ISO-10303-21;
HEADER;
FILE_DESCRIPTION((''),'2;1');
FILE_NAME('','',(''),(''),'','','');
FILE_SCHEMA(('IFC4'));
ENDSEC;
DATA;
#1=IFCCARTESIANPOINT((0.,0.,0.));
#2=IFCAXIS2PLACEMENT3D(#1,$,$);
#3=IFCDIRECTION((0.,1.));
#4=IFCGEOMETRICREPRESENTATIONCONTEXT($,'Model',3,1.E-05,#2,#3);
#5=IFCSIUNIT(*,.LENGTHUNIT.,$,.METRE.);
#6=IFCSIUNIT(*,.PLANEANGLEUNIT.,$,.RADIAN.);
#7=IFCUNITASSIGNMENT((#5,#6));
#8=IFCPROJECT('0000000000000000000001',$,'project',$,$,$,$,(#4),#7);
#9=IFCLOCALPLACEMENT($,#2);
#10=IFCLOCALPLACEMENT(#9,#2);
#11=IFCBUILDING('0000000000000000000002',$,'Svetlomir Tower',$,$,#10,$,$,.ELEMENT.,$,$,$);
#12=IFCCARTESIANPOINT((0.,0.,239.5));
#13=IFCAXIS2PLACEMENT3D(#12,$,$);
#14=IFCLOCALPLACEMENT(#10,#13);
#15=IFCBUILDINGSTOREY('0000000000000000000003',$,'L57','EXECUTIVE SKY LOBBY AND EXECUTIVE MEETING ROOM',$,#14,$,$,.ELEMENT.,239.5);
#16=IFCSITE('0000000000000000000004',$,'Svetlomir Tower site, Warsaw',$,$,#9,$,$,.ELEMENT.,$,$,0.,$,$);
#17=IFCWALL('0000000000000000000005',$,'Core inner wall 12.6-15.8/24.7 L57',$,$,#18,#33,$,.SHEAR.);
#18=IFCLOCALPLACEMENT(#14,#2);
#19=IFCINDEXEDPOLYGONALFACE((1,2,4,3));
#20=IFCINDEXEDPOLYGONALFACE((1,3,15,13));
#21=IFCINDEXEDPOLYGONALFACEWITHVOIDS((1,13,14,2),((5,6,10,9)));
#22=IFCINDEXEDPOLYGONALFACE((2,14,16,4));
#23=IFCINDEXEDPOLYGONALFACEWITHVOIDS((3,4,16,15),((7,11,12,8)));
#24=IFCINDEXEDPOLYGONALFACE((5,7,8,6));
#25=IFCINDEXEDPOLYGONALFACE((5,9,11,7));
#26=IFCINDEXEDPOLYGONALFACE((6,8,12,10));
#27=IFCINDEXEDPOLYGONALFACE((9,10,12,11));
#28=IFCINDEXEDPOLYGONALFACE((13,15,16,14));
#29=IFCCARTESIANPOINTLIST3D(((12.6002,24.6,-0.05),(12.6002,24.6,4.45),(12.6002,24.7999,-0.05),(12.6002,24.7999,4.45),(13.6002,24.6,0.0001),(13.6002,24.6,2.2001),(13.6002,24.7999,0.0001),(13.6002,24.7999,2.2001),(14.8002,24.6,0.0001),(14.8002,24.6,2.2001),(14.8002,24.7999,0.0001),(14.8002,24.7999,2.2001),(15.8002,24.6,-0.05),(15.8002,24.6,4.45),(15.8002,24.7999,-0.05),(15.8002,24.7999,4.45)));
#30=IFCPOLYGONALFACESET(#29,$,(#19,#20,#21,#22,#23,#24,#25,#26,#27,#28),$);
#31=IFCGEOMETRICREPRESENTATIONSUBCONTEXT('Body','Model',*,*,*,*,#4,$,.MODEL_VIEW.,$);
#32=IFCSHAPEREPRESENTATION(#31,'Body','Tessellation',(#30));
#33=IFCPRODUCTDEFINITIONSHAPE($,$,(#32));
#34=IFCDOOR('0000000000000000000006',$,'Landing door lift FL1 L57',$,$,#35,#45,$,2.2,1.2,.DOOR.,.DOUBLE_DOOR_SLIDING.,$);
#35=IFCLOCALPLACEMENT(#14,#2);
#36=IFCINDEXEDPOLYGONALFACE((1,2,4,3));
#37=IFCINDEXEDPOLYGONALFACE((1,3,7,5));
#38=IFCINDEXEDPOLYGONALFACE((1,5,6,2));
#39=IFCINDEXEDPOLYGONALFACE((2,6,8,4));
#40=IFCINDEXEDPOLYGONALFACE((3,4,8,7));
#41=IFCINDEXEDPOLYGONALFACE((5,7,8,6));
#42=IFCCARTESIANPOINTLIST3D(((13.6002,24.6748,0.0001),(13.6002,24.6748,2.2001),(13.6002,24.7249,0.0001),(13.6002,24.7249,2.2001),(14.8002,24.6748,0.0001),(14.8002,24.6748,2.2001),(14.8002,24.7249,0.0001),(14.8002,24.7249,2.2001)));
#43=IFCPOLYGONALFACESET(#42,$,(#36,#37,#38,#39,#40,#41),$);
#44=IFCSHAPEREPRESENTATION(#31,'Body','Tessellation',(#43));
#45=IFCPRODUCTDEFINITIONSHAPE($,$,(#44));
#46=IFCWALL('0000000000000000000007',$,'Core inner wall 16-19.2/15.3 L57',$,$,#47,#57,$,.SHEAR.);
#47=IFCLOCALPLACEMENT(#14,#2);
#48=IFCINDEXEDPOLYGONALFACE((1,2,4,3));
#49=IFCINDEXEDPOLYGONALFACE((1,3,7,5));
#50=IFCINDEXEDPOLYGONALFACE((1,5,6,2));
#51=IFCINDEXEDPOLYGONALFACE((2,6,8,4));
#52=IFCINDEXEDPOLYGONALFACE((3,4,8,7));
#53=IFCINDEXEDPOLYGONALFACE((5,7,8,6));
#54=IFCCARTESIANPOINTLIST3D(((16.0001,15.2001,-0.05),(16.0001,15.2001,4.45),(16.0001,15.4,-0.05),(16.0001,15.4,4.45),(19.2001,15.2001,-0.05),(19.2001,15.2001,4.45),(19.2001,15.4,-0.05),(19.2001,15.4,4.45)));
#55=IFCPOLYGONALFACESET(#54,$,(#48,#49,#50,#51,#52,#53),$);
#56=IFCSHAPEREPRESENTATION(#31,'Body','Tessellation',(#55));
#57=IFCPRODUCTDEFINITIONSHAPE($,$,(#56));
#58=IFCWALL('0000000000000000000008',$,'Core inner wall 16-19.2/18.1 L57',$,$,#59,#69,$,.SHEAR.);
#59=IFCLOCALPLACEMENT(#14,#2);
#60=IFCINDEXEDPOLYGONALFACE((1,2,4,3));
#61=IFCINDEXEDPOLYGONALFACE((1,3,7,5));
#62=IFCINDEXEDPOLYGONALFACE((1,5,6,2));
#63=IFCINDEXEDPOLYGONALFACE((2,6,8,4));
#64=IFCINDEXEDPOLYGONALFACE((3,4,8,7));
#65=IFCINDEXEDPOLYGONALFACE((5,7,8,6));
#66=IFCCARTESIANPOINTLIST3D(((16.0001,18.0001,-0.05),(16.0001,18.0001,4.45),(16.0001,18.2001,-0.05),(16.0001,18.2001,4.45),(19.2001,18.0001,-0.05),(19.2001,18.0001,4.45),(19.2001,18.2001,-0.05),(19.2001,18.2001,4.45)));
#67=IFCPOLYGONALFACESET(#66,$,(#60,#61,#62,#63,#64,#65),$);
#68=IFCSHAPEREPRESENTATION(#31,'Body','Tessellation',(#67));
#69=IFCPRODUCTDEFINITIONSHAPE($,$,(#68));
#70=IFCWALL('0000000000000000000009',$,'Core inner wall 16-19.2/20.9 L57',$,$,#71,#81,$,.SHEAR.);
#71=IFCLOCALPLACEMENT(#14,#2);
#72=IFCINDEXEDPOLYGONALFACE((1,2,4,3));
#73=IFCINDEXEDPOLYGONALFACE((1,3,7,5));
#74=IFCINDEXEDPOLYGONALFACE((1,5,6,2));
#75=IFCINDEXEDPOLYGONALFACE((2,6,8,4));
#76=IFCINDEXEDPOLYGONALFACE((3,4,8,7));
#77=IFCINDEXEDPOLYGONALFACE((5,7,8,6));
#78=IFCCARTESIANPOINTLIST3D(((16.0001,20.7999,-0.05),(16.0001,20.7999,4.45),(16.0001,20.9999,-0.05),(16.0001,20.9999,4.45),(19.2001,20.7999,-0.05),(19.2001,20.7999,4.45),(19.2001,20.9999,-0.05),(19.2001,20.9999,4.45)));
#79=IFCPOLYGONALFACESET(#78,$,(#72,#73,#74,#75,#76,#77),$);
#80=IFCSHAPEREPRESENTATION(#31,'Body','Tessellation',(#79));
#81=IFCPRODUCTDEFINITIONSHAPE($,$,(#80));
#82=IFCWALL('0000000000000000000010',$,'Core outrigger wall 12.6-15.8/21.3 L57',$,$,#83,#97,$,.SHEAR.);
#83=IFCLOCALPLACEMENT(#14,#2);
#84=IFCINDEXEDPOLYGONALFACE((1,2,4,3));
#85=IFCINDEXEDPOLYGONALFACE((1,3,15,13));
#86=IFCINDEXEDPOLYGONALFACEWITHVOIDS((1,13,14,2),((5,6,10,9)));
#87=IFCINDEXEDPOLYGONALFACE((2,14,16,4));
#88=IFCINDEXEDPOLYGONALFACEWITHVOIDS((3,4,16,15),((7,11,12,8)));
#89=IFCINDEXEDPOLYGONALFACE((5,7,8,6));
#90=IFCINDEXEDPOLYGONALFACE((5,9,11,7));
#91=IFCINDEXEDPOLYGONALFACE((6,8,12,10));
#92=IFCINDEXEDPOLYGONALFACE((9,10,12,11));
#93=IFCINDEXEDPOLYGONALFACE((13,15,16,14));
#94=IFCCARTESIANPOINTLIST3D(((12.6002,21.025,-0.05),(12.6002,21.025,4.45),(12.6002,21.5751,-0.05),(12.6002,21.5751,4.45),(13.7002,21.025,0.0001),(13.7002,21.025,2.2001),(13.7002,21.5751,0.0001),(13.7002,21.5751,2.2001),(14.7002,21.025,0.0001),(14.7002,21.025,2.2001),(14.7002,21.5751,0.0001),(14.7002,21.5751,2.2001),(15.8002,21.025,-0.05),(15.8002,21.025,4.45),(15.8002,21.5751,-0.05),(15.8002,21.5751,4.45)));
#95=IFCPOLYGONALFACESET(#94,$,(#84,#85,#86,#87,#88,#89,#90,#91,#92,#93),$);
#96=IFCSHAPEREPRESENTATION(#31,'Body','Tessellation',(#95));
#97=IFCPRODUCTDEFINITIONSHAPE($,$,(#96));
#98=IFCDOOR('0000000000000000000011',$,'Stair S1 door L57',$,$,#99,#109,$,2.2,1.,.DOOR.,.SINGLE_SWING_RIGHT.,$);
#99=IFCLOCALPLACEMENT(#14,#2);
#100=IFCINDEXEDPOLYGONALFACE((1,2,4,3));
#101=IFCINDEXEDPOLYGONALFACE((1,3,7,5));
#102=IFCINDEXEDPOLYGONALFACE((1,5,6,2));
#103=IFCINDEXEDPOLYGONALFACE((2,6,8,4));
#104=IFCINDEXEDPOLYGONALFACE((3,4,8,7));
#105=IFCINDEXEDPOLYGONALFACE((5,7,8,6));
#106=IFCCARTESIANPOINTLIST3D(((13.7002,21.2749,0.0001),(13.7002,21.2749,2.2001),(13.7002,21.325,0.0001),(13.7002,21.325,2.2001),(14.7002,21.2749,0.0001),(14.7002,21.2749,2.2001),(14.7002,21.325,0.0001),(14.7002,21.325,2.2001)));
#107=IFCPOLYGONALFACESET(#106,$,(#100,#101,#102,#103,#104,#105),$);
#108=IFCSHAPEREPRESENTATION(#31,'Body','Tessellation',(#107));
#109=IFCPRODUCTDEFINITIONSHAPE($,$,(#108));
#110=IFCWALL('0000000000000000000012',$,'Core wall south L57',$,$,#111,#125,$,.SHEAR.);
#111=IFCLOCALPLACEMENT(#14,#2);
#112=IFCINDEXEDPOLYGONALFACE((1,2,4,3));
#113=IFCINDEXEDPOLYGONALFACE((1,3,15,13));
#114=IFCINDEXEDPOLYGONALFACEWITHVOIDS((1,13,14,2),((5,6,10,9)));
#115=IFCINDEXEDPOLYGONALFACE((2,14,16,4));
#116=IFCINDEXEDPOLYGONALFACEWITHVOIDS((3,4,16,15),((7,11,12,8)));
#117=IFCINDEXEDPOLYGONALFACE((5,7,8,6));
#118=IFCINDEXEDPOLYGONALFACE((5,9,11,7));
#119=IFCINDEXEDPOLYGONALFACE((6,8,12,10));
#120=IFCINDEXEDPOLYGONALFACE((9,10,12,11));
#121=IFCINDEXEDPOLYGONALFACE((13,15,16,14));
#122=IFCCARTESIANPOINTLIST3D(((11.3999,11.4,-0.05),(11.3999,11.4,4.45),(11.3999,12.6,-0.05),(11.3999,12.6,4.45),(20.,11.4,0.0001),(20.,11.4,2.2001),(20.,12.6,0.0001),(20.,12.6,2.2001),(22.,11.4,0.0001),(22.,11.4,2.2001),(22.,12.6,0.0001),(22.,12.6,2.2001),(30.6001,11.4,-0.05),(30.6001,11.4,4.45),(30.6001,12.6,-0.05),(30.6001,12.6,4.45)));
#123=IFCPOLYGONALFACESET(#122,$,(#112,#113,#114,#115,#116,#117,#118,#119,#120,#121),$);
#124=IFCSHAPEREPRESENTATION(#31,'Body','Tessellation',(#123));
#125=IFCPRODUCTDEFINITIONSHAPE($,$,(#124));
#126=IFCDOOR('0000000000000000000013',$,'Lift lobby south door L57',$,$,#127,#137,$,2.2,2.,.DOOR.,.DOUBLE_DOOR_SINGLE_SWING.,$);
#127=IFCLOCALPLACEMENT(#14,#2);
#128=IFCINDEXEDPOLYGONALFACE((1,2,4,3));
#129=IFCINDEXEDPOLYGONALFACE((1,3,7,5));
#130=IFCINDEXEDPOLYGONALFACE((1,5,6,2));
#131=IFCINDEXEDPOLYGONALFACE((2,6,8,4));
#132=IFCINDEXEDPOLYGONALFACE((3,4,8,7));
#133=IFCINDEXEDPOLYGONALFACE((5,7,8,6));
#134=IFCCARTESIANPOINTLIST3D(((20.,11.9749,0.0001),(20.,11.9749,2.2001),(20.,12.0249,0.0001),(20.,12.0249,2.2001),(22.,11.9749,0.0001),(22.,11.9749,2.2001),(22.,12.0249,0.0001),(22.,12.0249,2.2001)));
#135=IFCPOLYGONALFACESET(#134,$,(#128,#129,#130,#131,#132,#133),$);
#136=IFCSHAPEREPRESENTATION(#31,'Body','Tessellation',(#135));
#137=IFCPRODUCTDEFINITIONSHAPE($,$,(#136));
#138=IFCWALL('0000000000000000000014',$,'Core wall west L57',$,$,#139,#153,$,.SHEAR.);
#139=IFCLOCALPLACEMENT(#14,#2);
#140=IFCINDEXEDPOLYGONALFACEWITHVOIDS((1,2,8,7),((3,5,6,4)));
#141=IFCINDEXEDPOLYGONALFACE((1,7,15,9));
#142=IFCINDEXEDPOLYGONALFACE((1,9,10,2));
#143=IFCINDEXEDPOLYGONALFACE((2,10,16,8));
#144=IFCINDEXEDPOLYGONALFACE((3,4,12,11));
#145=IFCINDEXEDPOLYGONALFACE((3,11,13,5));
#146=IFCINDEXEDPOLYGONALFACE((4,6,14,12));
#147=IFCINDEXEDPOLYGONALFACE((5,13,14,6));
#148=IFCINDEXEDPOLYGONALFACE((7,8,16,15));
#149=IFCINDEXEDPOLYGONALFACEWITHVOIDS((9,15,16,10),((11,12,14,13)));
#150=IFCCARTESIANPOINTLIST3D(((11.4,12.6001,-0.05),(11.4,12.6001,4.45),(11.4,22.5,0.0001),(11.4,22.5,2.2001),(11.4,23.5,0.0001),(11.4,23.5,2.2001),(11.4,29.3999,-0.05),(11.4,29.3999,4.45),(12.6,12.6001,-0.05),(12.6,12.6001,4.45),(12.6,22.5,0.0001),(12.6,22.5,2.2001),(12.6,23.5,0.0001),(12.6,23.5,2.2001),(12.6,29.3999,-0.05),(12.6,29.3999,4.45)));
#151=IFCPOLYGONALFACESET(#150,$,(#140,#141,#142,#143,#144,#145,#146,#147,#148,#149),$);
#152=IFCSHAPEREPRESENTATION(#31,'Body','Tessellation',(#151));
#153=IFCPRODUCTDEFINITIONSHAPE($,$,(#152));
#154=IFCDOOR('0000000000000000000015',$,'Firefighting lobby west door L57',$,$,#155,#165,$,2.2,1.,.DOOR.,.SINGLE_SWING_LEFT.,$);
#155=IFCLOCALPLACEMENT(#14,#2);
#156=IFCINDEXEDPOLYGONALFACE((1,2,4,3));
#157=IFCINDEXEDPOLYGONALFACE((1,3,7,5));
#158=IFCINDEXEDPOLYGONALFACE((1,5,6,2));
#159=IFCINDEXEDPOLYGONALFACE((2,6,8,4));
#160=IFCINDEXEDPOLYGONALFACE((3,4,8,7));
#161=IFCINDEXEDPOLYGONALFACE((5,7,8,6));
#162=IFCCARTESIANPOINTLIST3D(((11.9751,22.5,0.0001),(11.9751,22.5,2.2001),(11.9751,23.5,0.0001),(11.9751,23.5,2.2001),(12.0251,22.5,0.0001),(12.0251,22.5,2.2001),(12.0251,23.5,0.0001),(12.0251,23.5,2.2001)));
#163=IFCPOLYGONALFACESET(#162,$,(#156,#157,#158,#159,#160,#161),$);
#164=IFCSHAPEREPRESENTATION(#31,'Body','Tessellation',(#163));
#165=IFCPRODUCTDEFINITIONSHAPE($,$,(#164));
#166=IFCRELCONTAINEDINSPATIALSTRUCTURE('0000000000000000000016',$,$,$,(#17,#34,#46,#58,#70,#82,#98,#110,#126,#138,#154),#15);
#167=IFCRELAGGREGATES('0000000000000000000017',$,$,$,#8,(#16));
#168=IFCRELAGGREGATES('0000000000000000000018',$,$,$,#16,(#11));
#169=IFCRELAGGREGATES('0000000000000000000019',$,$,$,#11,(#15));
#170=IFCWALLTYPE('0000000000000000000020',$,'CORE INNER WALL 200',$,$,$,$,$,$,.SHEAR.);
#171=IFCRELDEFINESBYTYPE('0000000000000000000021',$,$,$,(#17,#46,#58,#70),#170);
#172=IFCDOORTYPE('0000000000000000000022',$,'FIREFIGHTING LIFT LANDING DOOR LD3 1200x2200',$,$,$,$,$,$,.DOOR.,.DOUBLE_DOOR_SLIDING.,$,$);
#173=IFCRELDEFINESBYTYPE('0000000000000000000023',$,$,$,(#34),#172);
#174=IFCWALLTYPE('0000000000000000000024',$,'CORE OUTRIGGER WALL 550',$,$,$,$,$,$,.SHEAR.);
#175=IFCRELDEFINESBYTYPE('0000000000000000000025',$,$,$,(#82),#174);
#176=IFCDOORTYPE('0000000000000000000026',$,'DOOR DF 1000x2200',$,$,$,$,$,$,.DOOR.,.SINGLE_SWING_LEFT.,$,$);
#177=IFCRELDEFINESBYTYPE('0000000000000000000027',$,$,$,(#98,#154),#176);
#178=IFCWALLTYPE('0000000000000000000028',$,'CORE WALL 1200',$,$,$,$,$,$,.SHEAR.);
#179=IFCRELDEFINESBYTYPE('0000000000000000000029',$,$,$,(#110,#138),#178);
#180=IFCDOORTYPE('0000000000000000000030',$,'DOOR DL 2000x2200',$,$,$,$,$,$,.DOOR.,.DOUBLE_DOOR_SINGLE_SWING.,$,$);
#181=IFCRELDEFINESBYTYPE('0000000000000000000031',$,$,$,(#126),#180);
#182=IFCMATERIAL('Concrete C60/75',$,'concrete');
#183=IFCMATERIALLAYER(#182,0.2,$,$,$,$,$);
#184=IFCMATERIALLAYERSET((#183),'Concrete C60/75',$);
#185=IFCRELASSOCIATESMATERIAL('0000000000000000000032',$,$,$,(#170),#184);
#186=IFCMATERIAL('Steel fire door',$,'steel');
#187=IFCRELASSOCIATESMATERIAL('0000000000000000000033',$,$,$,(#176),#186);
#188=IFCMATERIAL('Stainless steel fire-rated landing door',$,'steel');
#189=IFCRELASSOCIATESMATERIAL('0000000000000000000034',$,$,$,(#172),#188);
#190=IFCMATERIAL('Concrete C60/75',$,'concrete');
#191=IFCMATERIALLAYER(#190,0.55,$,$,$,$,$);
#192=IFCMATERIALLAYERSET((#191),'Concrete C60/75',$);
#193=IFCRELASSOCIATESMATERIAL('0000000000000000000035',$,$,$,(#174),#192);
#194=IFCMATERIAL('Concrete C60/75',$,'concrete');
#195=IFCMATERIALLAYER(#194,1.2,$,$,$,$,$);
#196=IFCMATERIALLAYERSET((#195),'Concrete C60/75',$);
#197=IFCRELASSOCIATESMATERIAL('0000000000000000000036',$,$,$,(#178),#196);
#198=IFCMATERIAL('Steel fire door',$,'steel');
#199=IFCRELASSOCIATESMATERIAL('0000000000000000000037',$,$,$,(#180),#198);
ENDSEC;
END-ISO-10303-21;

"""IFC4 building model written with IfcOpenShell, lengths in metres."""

from ifc_helpers import new_model, si_unit, direction, frame, frame_2d, origin, place, context, subcontext, project, spatial, rectangle, extrude, material, layer, layer_set, type_object, element, fill, save


model = new_model("IFC4")

# Units and contexts
model_context = context("Model", 3, precision=1e-05, world=origin(), true_north=direction((0.0, 1.0)))
body_context = subcontext(model_context, "Body", "Model", "MODEL_VIEW")
ifc_project = project(units=[si_unit("LENGTHUNIT", "METRE"), si_unit("PLANEANGLEUNIT", "RADIAN")], contexts=[model_context])

# Site, building, storey
site_placement = place(None, origin())
site = spatial("IfcSite", under=ifc_project, at=site_placement, Name="Svetlomir Tower site, Warsaw", CompositionType="ELEMENT", RefElevation=0.0)
building_placement = place(site_placement, origin())
building = spatial("IfcBuilding", under=site, at=building_placement, Name="Svetlomir Tower", CompositionType="ELEMENT")
storey_placement = place(building_placement, frame((0.0, 0.0, 239.5)))
storey = spatial("IfcBuildingStorey", under=building, at=storey_placement, Name="L57", Description="EXECUTIVE SKY LOBBY AND EXECUTIVE MEETING ROOM", CompositionType="ELEMENT", Elevation=239.5)

# Wall, opening, door
ifc_material_1 = material(Name="Concrete C60/75", Category="concrete")
ifc_layer_1 = layer(ifc_material_1, 0.2)
ifc_layer_set_1 = layer_set([ifc_layer_1], Name="Concrete C60/75")
wall_type_1 = type_object("IfcWallType", Name="CORE INNER WALL 200", PredefinedType="SHEAR", material=ifc_layer_set_1)
ifc_material_2 = material(Name="Steel fire door", Category="steel")
door_type_1 = type_object("IfcDoorType", Name="DOOR DF 1000x2200", OperationType="SINGLE_SWING_LEFT", PredefinedType="DOOR", material=ifc_material_2)
wall_1_placement = place(storey_placement, frame((12.6001, 24.7, -0.05), z_axis=(0.0, 0.0, 1.0), x_axis=(1.0, 0.0, 0.0)))
wall_1 = element("IfcWall", 1, at=wall_1_placement, inside=storey, type_object=wall_type_1, Name="Core inner wall 12.6-15.8/24.7 L57", PredefinedType="SHEAR", context=body_context, shape_type="SweptSolid", body=[
    extrude(rectangle(XDim=3.2, YDim=0.2, at=frame_2d((1.6001, 0.0))), origin(), (0.0, 0.0, 1.0), 4.5),
])
opening_1_placement = place(wall_1_placement, frame((1.0, 0.0, 0.05)))
opening_1 = element("IfcOpeningElement", 2, at=opening_1_placement, cuts=wall_1, PredefinedType="OPENING", context=body_context, shape_type="SweptSolid", body=[
    extrude(rectangle(XDim=1.2, YDim=2.2, at=frame_2d((0.6001, 1.1001))), frame((0.0, 0.1099, 0.0), z_axis=(0.0, -1.0, 0.0), x_axis=(1.0, 0.0, 0.0)), (0.0, 0.0, 1.0), 0.22),
])
ifc_material_3 = material(Name="Stainless steel fire-rated landing door", Category="steel")
door_type_2 = type_object("IfcDoorType", Name="FIREFIGHTING LIFT LANDING DOOR LD3 1200x2200", OperationType="DOUBLE_DOOR_SLIDING", PredefinedType="DOOR", material=ifc_material_3)
door_1_placement = place(opening_1_placement, origin())
door_1 = element("IfcDoor", 3, at=door_1_placement, inside=storey, type_object=door_type_2, Name="Landing door lift FL1 L57", OperationType="DOUBLE_DOOR_SLIDING", OverallHeight=2.2, OverallWidth=1.2, PredefinedType="DOOR", context=body_context, shape_type="SweptSolid", body=[
    extrude(rectangle(XDim=1.2, YDim=2.2, at=frame_2d((0.6001, 1.1001))), frame((0.0, 0.0249, 0.0), z_axis=(0.0, -1.0, 0.0), x_axis=(1.0, 0.0, 0.0)), (0.0, 0.0, 1.0), 0.05),
])
fill(opening_1, door_1)

# Walls
for number, where, z_axis, x_axis, name in (
    (4, (16.0, 15.3, -0.05), (0.0, 0.0, 1.0), (1.0, 0.0, 0.0), "Core inner wall 16-19.2/15.3 L57"),
    (5, (16.0, 18.1001, -0.05), (0.0, 0.0, 1.0), (1.0, 0.0, 0.0), "Core inner wall 16-19.2/18.1 L57"),
    (6, (16.0, 20.8999, -0.05), (0.0, 0.0, 1.0), (1.0, 0.0, 0.0), "Core inner wall 16-19.2/20.9 L57"),
):
    element("IfcWall", number, at=place(storey_placement, frame(where, z_axis=z_axis, x_axis=x_axis)), inside=storey, type_object=wall_type_1, Name=name, PredefinedType="SHEAR", context=body_context, shape_type="SweptSolid", body=[
        extrude(rectangle(XDim=3.2, YDim=0.2, at=frame_2d((1.6001, 0.0))), origin(), (0.0, 0.0, 1.0), 4.5),
    ])

# Walls, openings, doors
ifc_material_4 = material(Name="Concrete C60/75", Category="concrete")
ifc_layer_2 = layer(ifc_material_4, 0.55)
ifc_layer_set_2 = layer_set([ifc_layer_2], Name="Concrete C60/75")
wall_type_2 = type_object("IfcWallType", Name="CORE OUTRIGGER WALL 550", PredefinedType="SHEAR", material=ifc_layer_set_2)
wall_2_placement = place(storey_placement, frame((12.6001, 21.3, -0.05), z_axis=(0.0, 0.0, 1.0), x_axis=(1.0, 0.0, 0.0)))
wall_2 = element("IfcWall", 7, at=wall_2_placement, inside=storey, type_object=wall_type_2, Name="Core outrigger wall 12.6-15.8/21.3 L57", PredefinedType="SHEAR", context=body_context, shape_type="SweptSolid", body=[
    extrude(rectangle(XDim=3.2, YDim=0.55, at=frame_2d((1.6001, 0.0))), origin(), (0.0, 0.0, 1.0), 4.5),
])
opening_2_placement = place(wall_2_placement, frame((1.1001, 0.0, 0.05)))
opening_2 = element("IfcOpeningElement", 8, at=opening_2_placement, cuts=wall_2, PredefinedType="OPENING", context=body_context, shape_type="SweptSolid", body=[
    extrude(rectangle(XDim=1.0, YDim=2.2, at=frame_2d((0.5, 1.1001))), frame((0.0, 0.2852, 0.0), z_axis=(0.0, -1.0, 0.0), x_axis=(1.0, 0.0, 0.0)), (0.0, 0.0, 1.0), 0.5701),
])
door_2_placement = place(opening_2_placement, origin())
door_2 = element("IfcDoor", 9, at=door_2_placement, inside=storey, type_object=door_type_1, Name="Stair S1 door L57", OperationType="SINGLE_SWING_RIGHT", OverallHeight=2.2, OverallWidth=1.0, PredefinedType="DOOR", context=body_context, shape_type="SweptSolid", body=[
    extrude(rectangle(XDim=1.0, YDim=2.2, at=frame_2d((0.5, 1.1001))), frame((0.0, 0.0249, 0.0), z_axis=(0.0, -1.0, 0.0), x_axis=(1.0, 0.0, 0.0)), (0.0, 0.0, 1.0), 0.05),
])
fill(opening_2, door_2)
ifc_material_5 = material(Name="Concrete C60/75", Category="concrete")
ifc_layer_3 = layer(ifc_material_5, 1.2)
ifc_layer_set_3 = layer_set([ifc_layer_3], Name="Concrete C60/75")
wall_type_3 = type_object("IfcWallType", Name="CORE WALL 1200", PredefinedType="SHEAR", material=ifc_layer_set_3)
wall_3_placement = place(storey_placement, frame((11.3999, 12.0, -0.05), z_axis=(0.0, 0.0, 1.0), x_axis=(1.0, 0.0, 0.0)))
wall_3 = element("IfcWall", 10, at=wall_3_placement, inside=storey, type_object=wall_type_3, Name="Core wall south L57", PredefinedType="SHEAR", context=body_context, shape_type="SweptSolid", body=[
    extrude(rectangle(XDim=19.2002, YDim=1.2, at=frame_2d((9.6001, 0.0))), origin(), (0.0, 0.0, 1.0), 4.5),
])
opening_3_placement = place(wall_3_placement, frame((8.6001, 0.0, 0.05)))
opening_3 = element("IfcOpeningElement", 11, at=opening_3_placement, cuts=wall_3, PredefinedType="OPENING", context=body_context, shape_type="SweptSolid", body=[
    extrude(rectangle(XDim=2.0, YDim=2.2, at=frame_2d((1.0, 1.1001))), frame((0.0, 0.6099, 0.0), z_axis=(0.0, -1.0, 0.0), x_axis=(1.0, 0.0, 0.0)), (0.0, 0.0, 1.0), 1.22),
])
ifc_material_6 = material(Name="Steel fire door", Category="steel")
door_type_3 = type_object("IfcDoorType", Name="DOOR DL 2000x2200", OperationType="DOUBLE_DOOR_SINGLE_SWING", PredefinedType="DOOR", material=ifc_material_6)
door_3_placement = place(opening_3_placement, origin())
door_3 = element("IfcDoor", 12, at=door_3_placement, inside=storey, type_object=door_type_3, Name="Lift lobby south door L57", OperationType="DOUBLE_DOOR_SINGLE_SWING", OverallHeight=2.2, OverallWidth=2.0, PredefinedType="DOOR", context=body_context, shape_type="SweptSolid", body=[
    extrude(rectangle(XDim=2.0, YDim=2.2, at=frame_2d((1.0, 1.1001))), frame((0.0, 0.0249, 0.0), z_axis=(0.0, -1.0, 0.0), x_axis=(1.0, 0.0, 0.0)), (0.0, 0.0, 1.0), 0.05),
])
fill(opening_3, door_3)
wall_4_placement = place(storey_placement, frame((12.0, 12.6001, -0.05), z_axis=(0.0, 0.0, 1.0), x_axis=(0.0, 1.0, 0.0)))
wall_4 = element("IfcWall", 13, at=wall_4_placement, inside=storey, type_object=wall_type_3, Name="Core wall west L57", PredefinedType="SHEAR", context=body_context, shape_type="SweptSolid", body=[
    extrude(rectangle(XDim=16.7998, YDim=1.2, at=frame_2d((8.3999, 0.0))), origin(), (0.0, 0.0, 1.0), 4.5),
])
opening_4_placement = place(wall_4_placement, frame((9.8999, 0.0, 0.05)))
opening_4 = element("IfcOpeningElement", 14, at=opening_4_placement, cuts=wall_4, PredefinedType="OPENING", context=body_context, shape_type="SweptSolid", body=[
    extrude(rectangle(XDim=1.0, YDim=2.2, at=frame_2d((0.5, 1.1001))), frame((0.0, 0.6099, 0.0), z_axis=(0.0, -1.0, 0.0), x_axis=(1.0, 0.0, 0.0)), (0.0, 0.0, 1.0), 1.22),
])
door_4_placement = place(opening_4_placement, origin())
door_4 = element("IfcDoor", 15, at=door_4_placement, inside=storey, type_object=door_type_1, Name="Firefighting lobby west door L57", OperationType="SINGLE_SWING_LEFT", OverallHeight=2.2, OverallWidth=1.0, PredefinedType="DOOR", context=body_context, shape_type="SweptSolid", body=[
    extrude(rectangle(XDim=1.0, YDim=2.2, at=frame_2d((0.5, 1.1001))), frame((0.0, 0.0249, 0.0), z_axis=(0.0, -1.0, 0.0), x_axis=(1.0, 0.0, 0.0)), (0.0, 0.0, 1.0), 0.05),
])
fill(opening_4, door_4)

save(model, "model.ifc")
